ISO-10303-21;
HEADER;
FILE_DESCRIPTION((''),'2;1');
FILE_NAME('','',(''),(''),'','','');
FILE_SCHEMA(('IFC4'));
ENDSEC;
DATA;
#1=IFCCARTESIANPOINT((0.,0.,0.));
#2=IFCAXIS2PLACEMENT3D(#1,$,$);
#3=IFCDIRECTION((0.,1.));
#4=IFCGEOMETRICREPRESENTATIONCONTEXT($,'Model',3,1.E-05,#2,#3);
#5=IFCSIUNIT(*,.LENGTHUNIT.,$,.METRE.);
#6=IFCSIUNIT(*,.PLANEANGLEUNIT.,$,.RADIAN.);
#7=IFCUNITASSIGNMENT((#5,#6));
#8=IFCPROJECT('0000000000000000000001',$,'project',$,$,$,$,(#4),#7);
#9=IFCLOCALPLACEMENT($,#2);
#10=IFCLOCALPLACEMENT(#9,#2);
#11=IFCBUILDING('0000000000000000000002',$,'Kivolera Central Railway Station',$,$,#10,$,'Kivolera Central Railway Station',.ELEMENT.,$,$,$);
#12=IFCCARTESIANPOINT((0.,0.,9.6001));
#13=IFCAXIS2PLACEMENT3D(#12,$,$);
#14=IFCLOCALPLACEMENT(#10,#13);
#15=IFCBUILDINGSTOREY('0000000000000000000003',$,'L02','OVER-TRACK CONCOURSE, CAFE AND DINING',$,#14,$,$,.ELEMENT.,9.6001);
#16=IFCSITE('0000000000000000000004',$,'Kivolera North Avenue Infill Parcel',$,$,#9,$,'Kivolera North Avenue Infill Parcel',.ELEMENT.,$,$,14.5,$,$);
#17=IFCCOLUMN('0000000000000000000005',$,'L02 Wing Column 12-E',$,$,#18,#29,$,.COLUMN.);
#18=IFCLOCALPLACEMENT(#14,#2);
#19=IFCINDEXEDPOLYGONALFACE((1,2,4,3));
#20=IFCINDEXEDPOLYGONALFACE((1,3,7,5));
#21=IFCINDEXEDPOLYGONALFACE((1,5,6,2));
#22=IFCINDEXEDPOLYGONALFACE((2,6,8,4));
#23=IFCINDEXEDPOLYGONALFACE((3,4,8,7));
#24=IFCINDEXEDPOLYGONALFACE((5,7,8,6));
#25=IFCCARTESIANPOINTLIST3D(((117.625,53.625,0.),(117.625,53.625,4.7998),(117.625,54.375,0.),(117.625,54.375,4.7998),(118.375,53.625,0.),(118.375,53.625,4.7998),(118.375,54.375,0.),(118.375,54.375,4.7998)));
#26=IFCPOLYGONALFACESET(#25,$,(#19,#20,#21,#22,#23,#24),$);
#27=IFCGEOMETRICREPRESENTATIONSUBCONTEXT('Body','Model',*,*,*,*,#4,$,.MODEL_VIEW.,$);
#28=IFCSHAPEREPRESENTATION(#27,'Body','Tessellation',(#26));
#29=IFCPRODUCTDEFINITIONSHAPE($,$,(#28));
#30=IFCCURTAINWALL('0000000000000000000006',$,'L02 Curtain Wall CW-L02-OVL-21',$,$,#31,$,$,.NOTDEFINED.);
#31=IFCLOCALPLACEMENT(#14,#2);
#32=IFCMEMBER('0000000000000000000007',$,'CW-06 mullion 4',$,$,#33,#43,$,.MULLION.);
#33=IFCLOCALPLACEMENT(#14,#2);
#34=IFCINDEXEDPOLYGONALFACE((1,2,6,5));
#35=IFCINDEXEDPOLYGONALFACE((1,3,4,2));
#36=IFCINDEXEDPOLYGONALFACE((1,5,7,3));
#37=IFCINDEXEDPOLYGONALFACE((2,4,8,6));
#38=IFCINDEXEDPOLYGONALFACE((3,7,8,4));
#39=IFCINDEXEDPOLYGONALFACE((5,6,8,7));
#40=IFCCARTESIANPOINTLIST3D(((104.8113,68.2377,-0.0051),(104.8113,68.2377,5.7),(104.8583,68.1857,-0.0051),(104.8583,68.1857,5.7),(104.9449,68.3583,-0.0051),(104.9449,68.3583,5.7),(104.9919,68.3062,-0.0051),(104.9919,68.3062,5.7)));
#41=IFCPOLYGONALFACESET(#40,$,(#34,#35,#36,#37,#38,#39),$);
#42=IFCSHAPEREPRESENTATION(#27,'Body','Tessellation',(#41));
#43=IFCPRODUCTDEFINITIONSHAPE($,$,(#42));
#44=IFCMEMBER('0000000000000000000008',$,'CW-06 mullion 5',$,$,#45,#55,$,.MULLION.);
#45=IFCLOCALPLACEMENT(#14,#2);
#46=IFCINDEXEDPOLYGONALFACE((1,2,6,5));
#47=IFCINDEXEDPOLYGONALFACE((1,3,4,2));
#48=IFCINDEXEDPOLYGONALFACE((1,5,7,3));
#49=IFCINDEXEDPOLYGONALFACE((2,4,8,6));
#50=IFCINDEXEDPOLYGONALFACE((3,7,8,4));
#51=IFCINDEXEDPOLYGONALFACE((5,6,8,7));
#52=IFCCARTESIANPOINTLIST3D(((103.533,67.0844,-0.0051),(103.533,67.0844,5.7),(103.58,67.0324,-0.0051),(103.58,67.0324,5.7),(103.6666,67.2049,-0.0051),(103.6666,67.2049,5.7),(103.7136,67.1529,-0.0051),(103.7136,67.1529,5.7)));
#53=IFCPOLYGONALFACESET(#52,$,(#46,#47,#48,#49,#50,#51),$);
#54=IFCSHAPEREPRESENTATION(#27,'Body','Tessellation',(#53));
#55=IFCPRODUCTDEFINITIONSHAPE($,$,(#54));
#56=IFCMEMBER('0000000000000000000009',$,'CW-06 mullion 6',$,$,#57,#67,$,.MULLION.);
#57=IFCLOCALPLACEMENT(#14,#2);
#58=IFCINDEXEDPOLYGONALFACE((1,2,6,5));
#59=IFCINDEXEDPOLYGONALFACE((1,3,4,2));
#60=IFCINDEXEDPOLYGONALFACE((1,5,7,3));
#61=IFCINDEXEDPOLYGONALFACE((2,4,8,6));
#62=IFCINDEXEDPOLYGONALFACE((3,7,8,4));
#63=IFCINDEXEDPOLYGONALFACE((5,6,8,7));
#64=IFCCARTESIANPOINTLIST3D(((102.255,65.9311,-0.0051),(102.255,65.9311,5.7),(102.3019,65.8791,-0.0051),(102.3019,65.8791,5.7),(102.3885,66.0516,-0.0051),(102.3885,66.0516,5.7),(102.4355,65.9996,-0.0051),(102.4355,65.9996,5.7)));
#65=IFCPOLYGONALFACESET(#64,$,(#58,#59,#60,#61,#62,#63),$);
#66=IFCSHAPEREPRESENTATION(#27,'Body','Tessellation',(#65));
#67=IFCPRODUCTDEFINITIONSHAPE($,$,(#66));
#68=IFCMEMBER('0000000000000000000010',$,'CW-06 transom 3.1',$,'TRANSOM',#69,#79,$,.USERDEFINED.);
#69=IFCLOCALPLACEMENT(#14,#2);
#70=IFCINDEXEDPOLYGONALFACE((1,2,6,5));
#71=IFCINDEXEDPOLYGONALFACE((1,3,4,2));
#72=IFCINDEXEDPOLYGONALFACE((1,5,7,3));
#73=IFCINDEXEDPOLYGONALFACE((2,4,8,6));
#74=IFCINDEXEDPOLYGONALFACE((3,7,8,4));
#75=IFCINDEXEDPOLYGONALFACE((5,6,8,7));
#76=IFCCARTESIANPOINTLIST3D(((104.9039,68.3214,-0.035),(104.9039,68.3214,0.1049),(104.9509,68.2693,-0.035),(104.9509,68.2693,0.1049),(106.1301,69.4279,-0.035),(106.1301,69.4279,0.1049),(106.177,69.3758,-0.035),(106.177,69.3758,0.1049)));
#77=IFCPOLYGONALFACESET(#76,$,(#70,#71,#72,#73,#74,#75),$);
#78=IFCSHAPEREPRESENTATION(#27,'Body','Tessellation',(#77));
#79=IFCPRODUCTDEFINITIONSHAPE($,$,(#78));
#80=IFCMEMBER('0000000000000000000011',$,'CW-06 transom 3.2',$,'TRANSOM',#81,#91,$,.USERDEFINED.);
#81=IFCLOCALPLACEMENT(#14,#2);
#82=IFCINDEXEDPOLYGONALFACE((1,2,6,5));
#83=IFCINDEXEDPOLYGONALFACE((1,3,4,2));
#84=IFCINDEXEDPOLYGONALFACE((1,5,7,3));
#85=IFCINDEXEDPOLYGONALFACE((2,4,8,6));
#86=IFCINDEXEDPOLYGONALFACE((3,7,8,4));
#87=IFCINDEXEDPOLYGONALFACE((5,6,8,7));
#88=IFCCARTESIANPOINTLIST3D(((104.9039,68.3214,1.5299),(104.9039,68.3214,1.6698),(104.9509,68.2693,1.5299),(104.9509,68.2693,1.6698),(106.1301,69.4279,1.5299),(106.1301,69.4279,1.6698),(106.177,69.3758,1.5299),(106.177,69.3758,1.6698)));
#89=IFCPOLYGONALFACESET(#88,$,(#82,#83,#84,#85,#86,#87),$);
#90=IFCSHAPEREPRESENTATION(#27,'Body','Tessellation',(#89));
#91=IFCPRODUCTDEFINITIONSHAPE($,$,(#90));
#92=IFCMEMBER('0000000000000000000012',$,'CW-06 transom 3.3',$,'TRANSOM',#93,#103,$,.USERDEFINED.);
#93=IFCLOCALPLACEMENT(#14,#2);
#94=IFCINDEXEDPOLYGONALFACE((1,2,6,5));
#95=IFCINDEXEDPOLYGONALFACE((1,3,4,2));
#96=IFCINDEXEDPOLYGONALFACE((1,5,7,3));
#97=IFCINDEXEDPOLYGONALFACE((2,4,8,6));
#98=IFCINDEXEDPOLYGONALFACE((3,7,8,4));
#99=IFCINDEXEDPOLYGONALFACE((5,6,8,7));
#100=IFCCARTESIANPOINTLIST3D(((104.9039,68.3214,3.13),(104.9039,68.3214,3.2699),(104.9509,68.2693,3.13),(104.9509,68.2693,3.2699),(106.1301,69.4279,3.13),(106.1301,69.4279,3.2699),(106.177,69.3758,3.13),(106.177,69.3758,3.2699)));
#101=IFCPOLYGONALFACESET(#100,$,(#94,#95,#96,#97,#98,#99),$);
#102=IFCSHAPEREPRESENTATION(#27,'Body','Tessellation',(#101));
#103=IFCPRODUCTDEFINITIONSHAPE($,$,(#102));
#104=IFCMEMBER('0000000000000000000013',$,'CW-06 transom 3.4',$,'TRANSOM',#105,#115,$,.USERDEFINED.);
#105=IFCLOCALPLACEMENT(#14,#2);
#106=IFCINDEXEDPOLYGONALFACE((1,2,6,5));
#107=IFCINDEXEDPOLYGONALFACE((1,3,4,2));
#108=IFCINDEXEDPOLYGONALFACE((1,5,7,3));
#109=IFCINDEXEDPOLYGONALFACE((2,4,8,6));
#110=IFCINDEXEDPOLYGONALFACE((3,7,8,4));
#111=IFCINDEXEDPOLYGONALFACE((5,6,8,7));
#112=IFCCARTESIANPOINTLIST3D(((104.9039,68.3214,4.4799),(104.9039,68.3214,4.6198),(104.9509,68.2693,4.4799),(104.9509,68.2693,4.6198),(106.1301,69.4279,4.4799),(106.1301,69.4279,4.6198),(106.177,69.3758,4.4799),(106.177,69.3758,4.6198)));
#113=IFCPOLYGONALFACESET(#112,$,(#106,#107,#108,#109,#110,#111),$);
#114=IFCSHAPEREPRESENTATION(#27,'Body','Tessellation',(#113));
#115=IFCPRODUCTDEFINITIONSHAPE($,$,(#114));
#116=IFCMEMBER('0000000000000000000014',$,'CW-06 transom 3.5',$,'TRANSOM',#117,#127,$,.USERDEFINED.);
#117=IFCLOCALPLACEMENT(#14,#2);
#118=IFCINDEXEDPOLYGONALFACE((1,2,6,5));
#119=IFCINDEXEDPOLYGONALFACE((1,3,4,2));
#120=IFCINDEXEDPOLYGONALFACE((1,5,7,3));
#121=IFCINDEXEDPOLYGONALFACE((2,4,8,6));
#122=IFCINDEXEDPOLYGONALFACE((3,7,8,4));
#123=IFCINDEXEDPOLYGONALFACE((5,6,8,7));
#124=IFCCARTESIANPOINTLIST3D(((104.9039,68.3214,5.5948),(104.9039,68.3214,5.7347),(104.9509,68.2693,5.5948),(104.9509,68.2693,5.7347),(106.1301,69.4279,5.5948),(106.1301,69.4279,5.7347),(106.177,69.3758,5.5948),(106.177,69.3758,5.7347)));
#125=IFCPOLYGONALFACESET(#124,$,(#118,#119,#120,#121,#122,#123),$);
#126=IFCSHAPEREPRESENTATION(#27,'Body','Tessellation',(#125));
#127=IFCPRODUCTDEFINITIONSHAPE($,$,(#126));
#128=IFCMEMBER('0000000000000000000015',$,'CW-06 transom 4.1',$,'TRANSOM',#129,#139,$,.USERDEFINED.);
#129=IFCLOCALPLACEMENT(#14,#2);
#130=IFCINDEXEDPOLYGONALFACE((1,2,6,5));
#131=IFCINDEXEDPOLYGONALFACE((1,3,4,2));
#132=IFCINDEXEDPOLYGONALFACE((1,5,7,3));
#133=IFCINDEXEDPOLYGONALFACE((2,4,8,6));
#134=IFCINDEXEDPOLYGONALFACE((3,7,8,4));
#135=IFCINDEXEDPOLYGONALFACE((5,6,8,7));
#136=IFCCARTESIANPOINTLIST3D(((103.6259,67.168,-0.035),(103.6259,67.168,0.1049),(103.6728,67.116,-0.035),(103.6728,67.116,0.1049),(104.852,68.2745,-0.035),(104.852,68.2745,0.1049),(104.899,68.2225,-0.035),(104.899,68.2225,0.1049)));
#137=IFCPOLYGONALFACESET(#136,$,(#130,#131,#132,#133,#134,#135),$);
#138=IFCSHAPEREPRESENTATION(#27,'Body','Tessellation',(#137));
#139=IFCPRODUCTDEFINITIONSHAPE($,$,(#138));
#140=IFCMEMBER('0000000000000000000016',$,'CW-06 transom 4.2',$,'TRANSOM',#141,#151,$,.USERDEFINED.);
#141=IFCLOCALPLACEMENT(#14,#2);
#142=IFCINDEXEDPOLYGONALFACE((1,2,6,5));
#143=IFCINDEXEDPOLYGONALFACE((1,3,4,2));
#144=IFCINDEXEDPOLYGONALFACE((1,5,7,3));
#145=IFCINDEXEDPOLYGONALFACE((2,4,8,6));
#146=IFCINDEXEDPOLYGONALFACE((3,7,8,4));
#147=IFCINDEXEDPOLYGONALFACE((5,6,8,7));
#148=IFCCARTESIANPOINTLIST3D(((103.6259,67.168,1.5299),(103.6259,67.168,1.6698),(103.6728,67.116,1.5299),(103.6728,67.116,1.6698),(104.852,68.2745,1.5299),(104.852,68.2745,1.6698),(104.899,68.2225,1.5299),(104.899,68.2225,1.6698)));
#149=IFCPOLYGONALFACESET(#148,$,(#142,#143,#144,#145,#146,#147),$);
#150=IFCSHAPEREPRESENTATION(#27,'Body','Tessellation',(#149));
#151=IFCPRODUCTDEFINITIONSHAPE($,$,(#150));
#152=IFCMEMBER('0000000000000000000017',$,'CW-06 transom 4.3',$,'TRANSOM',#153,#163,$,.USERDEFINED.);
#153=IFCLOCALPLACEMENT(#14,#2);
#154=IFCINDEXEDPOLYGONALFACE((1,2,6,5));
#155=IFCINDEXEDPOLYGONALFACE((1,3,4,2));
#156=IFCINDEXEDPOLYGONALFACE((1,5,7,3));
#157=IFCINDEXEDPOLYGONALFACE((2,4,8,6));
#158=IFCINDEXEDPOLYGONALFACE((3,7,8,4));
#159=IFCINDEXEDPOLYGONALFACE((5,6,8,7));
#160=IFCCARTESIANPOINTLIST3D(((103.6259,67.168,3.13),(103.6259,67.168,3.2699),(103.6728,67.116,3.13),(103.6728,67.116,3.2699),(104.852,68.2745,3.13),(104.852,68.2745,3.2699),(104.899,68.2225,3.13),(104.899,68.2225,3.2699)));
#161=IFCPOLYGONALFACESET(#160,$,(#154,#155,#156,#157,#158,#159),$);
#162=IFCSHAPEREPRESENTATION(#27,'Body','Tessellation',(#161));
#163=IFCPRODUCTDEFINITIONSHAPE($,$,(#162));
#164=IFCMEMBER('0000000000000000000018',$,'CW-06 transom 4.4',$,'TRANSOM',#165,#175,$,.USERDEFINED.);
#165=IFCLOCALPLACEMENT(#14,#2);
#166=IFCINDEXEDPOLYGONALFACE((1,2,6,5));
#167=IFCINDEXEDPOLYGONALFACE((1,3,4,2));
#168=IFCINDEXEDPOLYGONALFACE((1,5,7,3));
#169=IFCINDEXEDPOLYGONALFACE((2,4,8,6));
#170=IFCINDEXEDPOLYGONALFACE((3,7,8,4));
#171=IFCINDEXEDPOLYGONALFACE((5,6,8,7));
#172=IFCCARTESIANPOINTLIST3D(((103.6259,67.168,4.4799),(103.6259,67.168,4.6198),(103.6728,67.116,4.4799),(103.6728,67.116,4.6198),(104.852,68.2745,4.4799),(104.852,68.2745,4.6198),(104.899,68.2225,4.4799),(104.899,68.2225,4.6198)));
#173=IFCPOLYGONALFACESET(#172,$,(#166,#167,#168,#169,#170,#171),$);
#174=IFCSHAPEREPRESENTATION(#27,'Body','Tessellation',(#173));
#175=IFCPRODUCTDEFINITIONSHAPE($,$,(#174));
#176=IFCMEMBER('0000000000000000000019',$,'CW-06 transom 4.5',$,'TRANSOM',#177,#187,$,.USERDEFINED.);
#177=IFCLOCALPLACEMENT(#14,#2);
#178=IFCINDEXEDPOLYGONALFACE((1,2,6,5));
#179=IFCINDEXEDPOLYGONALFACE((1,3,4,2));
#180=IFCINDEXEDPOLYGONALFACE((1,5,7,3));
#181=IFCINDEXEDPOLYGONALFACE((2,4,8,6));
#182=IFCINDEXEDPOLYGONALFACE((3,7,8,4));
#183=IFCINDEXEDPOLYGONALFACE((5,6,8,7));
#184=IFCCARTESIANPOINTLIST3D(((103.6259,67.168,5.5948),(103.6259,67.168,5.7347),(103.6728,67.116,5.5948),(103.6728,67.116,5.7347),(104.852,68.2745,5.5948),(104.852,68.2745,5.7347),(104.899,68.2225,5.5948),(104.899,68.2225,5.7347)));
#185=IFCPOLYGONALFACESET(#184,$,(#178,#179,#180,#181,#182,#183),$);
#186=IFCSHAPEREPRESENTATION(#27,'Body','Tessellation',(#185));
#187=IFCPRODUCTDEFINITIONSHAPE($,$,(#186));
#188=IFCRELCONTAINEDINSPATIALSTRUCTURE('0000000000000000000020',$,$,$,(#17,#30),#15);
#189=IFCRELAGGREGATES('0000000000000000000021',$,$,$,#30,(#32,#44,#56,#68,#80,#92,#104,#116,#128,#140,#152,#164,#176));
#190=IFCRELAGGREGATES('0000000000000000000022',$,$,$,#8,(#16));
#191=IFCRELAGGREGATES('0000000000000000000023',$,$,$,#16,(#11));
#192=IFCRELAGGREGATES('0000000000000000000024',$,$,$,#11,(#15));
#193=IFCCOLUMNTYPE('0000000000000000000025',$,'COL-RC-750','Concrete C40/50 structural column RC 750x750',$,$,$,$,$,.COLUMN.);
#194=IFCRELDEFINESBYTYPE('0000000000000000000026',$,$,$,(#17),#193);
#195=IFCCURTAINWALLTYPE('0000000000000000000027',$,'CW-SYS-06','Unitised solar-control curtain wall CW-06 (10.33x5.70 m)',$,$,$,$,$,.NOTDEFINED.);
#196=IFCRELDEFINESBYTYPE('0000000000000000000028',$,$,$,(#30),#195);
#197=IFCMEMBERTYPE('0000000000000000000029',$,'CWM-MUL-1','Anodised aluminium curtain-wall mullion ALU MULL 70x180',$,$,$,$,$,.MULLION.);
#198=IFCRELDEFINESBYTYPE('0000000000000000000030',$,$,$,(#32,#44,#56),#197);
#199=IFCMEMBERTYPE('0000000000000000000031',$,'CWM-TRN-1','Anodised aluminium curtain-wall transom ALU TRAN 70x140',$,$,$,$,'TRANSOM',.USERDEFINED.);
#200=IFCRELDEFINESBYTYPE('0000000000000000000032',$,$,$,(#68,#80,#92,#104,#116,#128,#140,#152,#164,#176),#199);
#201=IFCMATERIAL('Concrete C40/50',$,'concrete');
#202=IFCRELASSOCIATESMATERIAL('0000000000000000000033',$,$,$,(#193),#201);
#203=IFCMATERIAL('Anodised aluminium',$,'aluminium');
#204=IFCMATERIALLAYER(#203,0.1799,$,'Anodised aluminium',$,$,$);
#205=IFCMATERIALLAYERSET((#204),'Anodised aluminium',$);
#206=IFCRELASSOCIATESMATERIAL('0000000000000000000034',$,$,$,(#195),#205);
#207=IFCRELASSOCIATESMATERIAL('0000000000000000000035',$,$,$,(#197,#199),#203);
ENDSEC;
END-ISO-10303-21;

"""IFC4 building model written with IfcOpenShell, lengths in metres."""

from ifc_helpers import new_model, si_unit, direction, frame, origin, origin_2d, place, context, subcontext, project, spatial, rectangle, extrude, material, layer, layer_set, material_profile, profile_set, type_object, element, aggregate, save


model = new_model("IFC4")

# Units and contexts
model_context = context("Model", 3, precision=1e-05, world=origin(), true_north=direction((0.0, 1.0)))
body_context = subcontext(model_context, "Body", "Model", "MODEL_VIEW")
ifc_project = project(units=[si_unit("LENGTHUNIT", "METRE"), si_unit("PLANEANGLEUNIT", "RADIAN")], contexts=[model_context])

# Site, building, storey
site_placement = place(None, origin())
site = spatial("IfcSite", under=ifc_project, at=site_placement, Name="Kivolera North Avenue Infill Parcel", LongName="Kivolera North Avenue Infill Parcel", CompositionType="ELEMENT", RefElevation=14.5)
building_placement = place(site_placement, origin())
building = spatial("IfcBuilding", under=site, at=building_placement, Name="Kivolera Central Railway Station", LongName="Kivolera Central Railway Station", CompositionType="ELEMENT")
storey_placement = place(building_placement, frame((0.0, 0.0, 9.6001)))
storey = spatial("IfcBuildingStorey", under=building, at=storey_placement, Name="L02", Description="OVER-TRACK CONCOURSE, CAFE AND DINING", CompositionType="ELEMENT", Elevation=9.6001)

# Column
ifc_material_1 = material(Name="Concrete C40/50", Category="concrete")
ifc_material_profile_1 = material_profile(ifc_material_1, rectangle(XDim=0.75, YDim=0.75, at=origin_2d()), Name="RC 750x750")
ifc_profile_set_1 = profile_set([ifc_material_profile_1], Name="Concrete C40/50")
column_type = type_object("IfcColumnType", Name="COL-RC-750", Description="Concrete C40/50 structural column RC 750x750", PredefinedType="COLUMN", material=ifc_profile_set_1)
column_placement = place(storey_placement, frame((118.0, 54.0, 0.0), z_axis=(0.0, 0.0, 1.0), x_axis=(1.0, 0.0, 0.0)))
element("IfcColumn", 1, at=column_placement, inside=storey, type_object=column_type, Name="L02 Wing Column 12-E", PredefinedType="COLUMN", context=body_context, shape_type="SweptSolid", body=[
    extrude(rectangle(XDim=0.75, YDim=0.75, at=origin_2d()), origin(), (0.0, 0.0, 1.0), 4.7998),
])

# Curtain wall, members
ifc_material_2 = material(Name="Anodised aluminium", Category="aluminium")
ifc_layer_1 = layer(ifc_material_2, 0.1799, Name="Anodised aluminium")
ifc_layer_set_1 = layer_set([ifc_layer_1], Name="Anodised aluminium")
curtain_wall_type = type_object("IfcCurtainWallType", Name="CW-SYS-06", Description="Unitised solar-control curtain wall CW-06 (10.33x5.70 m)", PredefinedType="NOTDEFINED", material=ifc_layer_set_1)
curtain_wall_placement = place(storey_placement, origin())
curtain_wall = element("IfcCurtainWall", 2, at=curtain_wall_placement, inside=storey, type_object=curtain_wall_type, Name="L02 Curtain Wall CW-L02-OVL-21", PredefinedType="NOTDEFINED")
ifc_material_profile_2 = material_profile(ifc_material_2, rectangle(XDim=0.0701, YDim=0.1799, at=origin_2d()), Name="ALU MULL 70x180")
ifc_profile_set_2 = profile_set([ifc_material_profile_2], Name="Anodised aluminium")
member_type_1 = type_object("IfcMemberType", Name="CWM-MUL-1", Description="Anodised aluminium curtain-wall mullion ALU MULL 70x180", PredefinedType="MULLION", material=ifc_profile_set_2)
member_1_placement = place(storey_placement, frame((104.9016, 68.272, -0.0051), z_axis=(0.0, 0.0, 1.0), x_axis=(0.669922, -0.742432, 0.0)))
member_1 = element("IfcMember", 3, at=member_1_placement, type_object=member_type_1, Name="CW-06 mullion 4", PredefinedType="MULLION", context=body_context, shape_type="SweptSolid", body=[
    extrude(rectangle(XDim=0.0701, YDim=0.1799, at=origin_2d()), origin(), (0.0, 0.0, 1.0), 5.7051),
])
member_2_placement = place(storey_placement, frame((103.6233, 67.1187, -0.0051), z_axis=(0.0, 0.0, 1.0), x_axis=(0.669922, -0.742432, 0.0)))
member_2 = element("IfcMember", 4, at=member_2_placement, type_object=member_type_1, Name="CW-06 mullion 5", PredefinedType="MULLION", context=body_context, shape_type="SweptSolid", body=[
    extrude(rectangle(XDim=0.0701, YDim=0.1799, at=origin_2d()), origin(), (0.0, 0.0, 1.0), 5.7051),
])
member_3_placement = place(storey_placement, frame((102.3452, 65.9653, -0.0051), z_axis=(0.0, 0.0, 1.0), x_axis=(0.669922, -0.742432, 0.0)))
member_3 = element("IfcMember", 5, at=member_3_placement, type_object=member_type_1, Name="CW-06 mullion 6", PredefinedType="MULLION", context=body_context, shape_type="SweptSolid", body=[
    extrude(rectangle(XDim=0.0701, YDim=0.1799, at=origin_2d()), origin(), (0.0, 0.0, 1.0), 5.7051),
])
ifc_material_profile_3 = material_profile(ifc_material_2, rectangle(XDim=0.0701, YDim=0.1399, at=origin_2d()), Name="ALU TRAN 70x140")
ifc_profile_set_3 = profile_set([ifc_material_profile_3], Name="Anodised aluminium")
member_type_2 = type_object("IfcMemberType", Name="CWM-TRN-1", Description="Anodised aluminium curtain-wall transom ALU TRAN 70x140", ElementType="TRANSOM", PredefinedType="USERDEFINED", material=ifc_profile_set_3)
member_4_placement = place(storey_placement, frame((106.1536, 69.4019, 0.0349), z_axis=(-0.742397, -0.669961, 0.0), x_axis=(0.669961, -0.742397, 0.0)))
member_4 = element("IfcMember", 6, at=member_4_placement, type_object=member_type_2, Name="CW-06 transom 3.1", ObjectType="TRANSOM", PredefinedType="USERDEFINED", context=body_context, shape_type="SweptSolid", body=[
    extrude(rectangle(XDim=0.0701, YDim=0.1399, at=origin_2d()), origin(), (0.0, 0.0, 1.0), 1.6516),
])
member_5_placement = place(storey_placement, frame((106.1536, 69.4019, 1.5999), z_axis=(-0.742397, -0.669961, 0.0), x_axis=(0.669961, -0.742397, 0.0)))
member_5 = element("IfcMember", 7, at=member_5_placement, type_object=member_type_2, Name="CW-06 transom 3.2", ObjectType="TRANSOM", PredefinedType="USERDEFINED", context=body_context, shape_type="SweptSolid", body=[
    extrude(rectangle(XDim=0.0701, YDim=0.1399, at=origin_2d()), origin(), (0.0, 0.0, 1.0), 1.6516),
])
member_6_placement = place(storey_placement, frame((106.1536, 69.4019, 3.2), z_axis=(-0.742397, -0.669961, 0.0), x_axis=(0.669961, -0.742397, 0.0)))
member_6 = element("IfcMember", 8, at=member_6_placement, type_object=member_type_2, Name="CW-06 transom 3.3", ObjectType="TRANSOM", PredefinedType="USERDEFINED", context=body_context, shape_type="SweptSolid", body=[
    extrude(rectangle(XDim=0.0701, YDim=0.1399, at=origin_2d()), origin(), (0.0, 0.0, 1.0), 1.6516),
])
member_7_placement = place(storey_placement, frame((106.1536, 69.4019, 4.5498), z_axis=(-0.742397, -0.669961, 0.0), x_axis=(0.669961, -0.742397, 0.0)))
member_7 = element("IfcMember", 9, at=member_7_placement, type_object=member_type_2, Name="CW-06 transom 3.4", ObjectType="TRANSOM", PredefinedType="USERDEFINED", context=body_context, shape_type="SweptSolid", body=[
    extrude(rectangle(XDim=0.0701, YDim=0.1399, at=origin_2d()), origin(), (0.0, 0.0, 1.0), 1.6516),
])
member_8_placement = place(storey_placement, frame((106.1536, 69.4019, 5.6648), z_axis=(-0.742397, -0.669961, 0.0), x_axis=(0.669961, -0.742397, 0.0)))
member_8 = element("IfcMember", 10, at=member_8_placement, type_object=member_type_2, Name="CW-06 transom 3.5", ObjectType="TRANSOM", PredefinedType="USERDEFINED", context=body_context, shape_type="SweptSolid", body=[
    extrude(rectangle(XDim=0.0701, YDim=0.1399, at=origin_2d()), origin(), (0.0, 0.0, 1.0), 1.6516),
])
member_9_placement = place(storey_placement, frame((104.8755, 68.2485, 0.0349), z_axis=(-0.742397, -0.669961, 0.0), x_axis=(0.669961, -0.742397, 0.0)))
member_9 = element("IfcMember", 11, at=member_9_placement, type_object=member_type_2, Name="CW-06 transom 4.1", ObjectType="TRANSOM", PredefinedType="USERDEFINED", context=body_context, shape_type="SweptSolid", body=[
    extrude(rectangle(XDim=0.0701, YDim=0.1399, at=origin_2d()), origin(), (0.0, 0.0, 1.0), 1.6516),
])
member_10_placement = place(storey_placement, frame((104.8755, 68.2485, 1.5999), z_axis=(-0.742397, -0.669961, 0.0), x_axis=(0.669961, -0.742397, 0.0)))
member_10 = element("IfcMember", 12, at=member_10_placement, type_object=member_type_2, Name="CW-06 transom 4.2", ObjectType="TRANSOM", PredefinedType="USERDEFINED", context=body_context, shape_type="SweptSolid", body=[
    extrude(rectangle(XDim=0.0701, YDim=0.1399, at=origin_2d()), origin(), (0.0, 0.0, 1.0), 1.6516),
])
member_11_placement = place(storey_placement, frame((104.8755, 68.2485, 3.2), z_axis=(-0.742397, -0.669961, 0.0), x_axis=(0.669961, -0.742397, 0.0)))
member_11 = element("IfcMember", 13, at=member_11_placement, type_object=member_type_2, Name="CW-06 transom 4.3", ObjectType="TRANSOM", PredefinedType="USERDEFINED", context=body_context, shape_type="SweptSolid", body=[
    extrude(rectangle(XDim=0.0701, YDim=0.1399, at=origin_2d()), origin(), (0.0, 0.0, 1.0), 1.6516),
])
member_12_placement = place(storey_placement, frame((104.8755, 68.2485, 4.5498), z_axis=(-0.742397, -0.669961, 0.0), x_axis=(0.669961, -0.742397, 0.0)))
member_12 = element("IfcMember", 14, at=member_12_placement, type_object=member_type_2, Name="CW-06 transom 4.4", ObjectType="TRANSOM", PredefinedType="USERDEFINED", context=body_context, shape_type="SweptSolid", body=[
    extrude(rectangle(XDim=0.0701, YDim=0.1399, at=origin_2d()), origin(), (0.0, 0.0, 1.0), 1.6516),
])
member_13_placement = place(storey_placement, frame((104.8755, 68.2485, 5.6648), z_axis=(-0.742397, -0.669961, 0.0), x_axis=(0.669961, -0.742397, 0.0)))
member_13 = element("IfcMember", 15, at=member_13_placement, type_object=member_type_2, Name="CW-06 transom 4.5", ObjectType="TRANSOM", PredefinedType="USERDEFINED", context=body_context, shape_type="SweptSolid", body=[
    extrude(rectangle(XDim=0.0701, YDim=0.1399, at=origin_2d()), origin(), (0.0, 0.0, 1.0), 1.6516),
])
aggregate(curtain_wall, [member_1, member_2, member_3, member_4, member_5, member_6, member_7, member_8, member_9, member_10, member_11, member_12, member_13])

save(model, "model.ifc")
